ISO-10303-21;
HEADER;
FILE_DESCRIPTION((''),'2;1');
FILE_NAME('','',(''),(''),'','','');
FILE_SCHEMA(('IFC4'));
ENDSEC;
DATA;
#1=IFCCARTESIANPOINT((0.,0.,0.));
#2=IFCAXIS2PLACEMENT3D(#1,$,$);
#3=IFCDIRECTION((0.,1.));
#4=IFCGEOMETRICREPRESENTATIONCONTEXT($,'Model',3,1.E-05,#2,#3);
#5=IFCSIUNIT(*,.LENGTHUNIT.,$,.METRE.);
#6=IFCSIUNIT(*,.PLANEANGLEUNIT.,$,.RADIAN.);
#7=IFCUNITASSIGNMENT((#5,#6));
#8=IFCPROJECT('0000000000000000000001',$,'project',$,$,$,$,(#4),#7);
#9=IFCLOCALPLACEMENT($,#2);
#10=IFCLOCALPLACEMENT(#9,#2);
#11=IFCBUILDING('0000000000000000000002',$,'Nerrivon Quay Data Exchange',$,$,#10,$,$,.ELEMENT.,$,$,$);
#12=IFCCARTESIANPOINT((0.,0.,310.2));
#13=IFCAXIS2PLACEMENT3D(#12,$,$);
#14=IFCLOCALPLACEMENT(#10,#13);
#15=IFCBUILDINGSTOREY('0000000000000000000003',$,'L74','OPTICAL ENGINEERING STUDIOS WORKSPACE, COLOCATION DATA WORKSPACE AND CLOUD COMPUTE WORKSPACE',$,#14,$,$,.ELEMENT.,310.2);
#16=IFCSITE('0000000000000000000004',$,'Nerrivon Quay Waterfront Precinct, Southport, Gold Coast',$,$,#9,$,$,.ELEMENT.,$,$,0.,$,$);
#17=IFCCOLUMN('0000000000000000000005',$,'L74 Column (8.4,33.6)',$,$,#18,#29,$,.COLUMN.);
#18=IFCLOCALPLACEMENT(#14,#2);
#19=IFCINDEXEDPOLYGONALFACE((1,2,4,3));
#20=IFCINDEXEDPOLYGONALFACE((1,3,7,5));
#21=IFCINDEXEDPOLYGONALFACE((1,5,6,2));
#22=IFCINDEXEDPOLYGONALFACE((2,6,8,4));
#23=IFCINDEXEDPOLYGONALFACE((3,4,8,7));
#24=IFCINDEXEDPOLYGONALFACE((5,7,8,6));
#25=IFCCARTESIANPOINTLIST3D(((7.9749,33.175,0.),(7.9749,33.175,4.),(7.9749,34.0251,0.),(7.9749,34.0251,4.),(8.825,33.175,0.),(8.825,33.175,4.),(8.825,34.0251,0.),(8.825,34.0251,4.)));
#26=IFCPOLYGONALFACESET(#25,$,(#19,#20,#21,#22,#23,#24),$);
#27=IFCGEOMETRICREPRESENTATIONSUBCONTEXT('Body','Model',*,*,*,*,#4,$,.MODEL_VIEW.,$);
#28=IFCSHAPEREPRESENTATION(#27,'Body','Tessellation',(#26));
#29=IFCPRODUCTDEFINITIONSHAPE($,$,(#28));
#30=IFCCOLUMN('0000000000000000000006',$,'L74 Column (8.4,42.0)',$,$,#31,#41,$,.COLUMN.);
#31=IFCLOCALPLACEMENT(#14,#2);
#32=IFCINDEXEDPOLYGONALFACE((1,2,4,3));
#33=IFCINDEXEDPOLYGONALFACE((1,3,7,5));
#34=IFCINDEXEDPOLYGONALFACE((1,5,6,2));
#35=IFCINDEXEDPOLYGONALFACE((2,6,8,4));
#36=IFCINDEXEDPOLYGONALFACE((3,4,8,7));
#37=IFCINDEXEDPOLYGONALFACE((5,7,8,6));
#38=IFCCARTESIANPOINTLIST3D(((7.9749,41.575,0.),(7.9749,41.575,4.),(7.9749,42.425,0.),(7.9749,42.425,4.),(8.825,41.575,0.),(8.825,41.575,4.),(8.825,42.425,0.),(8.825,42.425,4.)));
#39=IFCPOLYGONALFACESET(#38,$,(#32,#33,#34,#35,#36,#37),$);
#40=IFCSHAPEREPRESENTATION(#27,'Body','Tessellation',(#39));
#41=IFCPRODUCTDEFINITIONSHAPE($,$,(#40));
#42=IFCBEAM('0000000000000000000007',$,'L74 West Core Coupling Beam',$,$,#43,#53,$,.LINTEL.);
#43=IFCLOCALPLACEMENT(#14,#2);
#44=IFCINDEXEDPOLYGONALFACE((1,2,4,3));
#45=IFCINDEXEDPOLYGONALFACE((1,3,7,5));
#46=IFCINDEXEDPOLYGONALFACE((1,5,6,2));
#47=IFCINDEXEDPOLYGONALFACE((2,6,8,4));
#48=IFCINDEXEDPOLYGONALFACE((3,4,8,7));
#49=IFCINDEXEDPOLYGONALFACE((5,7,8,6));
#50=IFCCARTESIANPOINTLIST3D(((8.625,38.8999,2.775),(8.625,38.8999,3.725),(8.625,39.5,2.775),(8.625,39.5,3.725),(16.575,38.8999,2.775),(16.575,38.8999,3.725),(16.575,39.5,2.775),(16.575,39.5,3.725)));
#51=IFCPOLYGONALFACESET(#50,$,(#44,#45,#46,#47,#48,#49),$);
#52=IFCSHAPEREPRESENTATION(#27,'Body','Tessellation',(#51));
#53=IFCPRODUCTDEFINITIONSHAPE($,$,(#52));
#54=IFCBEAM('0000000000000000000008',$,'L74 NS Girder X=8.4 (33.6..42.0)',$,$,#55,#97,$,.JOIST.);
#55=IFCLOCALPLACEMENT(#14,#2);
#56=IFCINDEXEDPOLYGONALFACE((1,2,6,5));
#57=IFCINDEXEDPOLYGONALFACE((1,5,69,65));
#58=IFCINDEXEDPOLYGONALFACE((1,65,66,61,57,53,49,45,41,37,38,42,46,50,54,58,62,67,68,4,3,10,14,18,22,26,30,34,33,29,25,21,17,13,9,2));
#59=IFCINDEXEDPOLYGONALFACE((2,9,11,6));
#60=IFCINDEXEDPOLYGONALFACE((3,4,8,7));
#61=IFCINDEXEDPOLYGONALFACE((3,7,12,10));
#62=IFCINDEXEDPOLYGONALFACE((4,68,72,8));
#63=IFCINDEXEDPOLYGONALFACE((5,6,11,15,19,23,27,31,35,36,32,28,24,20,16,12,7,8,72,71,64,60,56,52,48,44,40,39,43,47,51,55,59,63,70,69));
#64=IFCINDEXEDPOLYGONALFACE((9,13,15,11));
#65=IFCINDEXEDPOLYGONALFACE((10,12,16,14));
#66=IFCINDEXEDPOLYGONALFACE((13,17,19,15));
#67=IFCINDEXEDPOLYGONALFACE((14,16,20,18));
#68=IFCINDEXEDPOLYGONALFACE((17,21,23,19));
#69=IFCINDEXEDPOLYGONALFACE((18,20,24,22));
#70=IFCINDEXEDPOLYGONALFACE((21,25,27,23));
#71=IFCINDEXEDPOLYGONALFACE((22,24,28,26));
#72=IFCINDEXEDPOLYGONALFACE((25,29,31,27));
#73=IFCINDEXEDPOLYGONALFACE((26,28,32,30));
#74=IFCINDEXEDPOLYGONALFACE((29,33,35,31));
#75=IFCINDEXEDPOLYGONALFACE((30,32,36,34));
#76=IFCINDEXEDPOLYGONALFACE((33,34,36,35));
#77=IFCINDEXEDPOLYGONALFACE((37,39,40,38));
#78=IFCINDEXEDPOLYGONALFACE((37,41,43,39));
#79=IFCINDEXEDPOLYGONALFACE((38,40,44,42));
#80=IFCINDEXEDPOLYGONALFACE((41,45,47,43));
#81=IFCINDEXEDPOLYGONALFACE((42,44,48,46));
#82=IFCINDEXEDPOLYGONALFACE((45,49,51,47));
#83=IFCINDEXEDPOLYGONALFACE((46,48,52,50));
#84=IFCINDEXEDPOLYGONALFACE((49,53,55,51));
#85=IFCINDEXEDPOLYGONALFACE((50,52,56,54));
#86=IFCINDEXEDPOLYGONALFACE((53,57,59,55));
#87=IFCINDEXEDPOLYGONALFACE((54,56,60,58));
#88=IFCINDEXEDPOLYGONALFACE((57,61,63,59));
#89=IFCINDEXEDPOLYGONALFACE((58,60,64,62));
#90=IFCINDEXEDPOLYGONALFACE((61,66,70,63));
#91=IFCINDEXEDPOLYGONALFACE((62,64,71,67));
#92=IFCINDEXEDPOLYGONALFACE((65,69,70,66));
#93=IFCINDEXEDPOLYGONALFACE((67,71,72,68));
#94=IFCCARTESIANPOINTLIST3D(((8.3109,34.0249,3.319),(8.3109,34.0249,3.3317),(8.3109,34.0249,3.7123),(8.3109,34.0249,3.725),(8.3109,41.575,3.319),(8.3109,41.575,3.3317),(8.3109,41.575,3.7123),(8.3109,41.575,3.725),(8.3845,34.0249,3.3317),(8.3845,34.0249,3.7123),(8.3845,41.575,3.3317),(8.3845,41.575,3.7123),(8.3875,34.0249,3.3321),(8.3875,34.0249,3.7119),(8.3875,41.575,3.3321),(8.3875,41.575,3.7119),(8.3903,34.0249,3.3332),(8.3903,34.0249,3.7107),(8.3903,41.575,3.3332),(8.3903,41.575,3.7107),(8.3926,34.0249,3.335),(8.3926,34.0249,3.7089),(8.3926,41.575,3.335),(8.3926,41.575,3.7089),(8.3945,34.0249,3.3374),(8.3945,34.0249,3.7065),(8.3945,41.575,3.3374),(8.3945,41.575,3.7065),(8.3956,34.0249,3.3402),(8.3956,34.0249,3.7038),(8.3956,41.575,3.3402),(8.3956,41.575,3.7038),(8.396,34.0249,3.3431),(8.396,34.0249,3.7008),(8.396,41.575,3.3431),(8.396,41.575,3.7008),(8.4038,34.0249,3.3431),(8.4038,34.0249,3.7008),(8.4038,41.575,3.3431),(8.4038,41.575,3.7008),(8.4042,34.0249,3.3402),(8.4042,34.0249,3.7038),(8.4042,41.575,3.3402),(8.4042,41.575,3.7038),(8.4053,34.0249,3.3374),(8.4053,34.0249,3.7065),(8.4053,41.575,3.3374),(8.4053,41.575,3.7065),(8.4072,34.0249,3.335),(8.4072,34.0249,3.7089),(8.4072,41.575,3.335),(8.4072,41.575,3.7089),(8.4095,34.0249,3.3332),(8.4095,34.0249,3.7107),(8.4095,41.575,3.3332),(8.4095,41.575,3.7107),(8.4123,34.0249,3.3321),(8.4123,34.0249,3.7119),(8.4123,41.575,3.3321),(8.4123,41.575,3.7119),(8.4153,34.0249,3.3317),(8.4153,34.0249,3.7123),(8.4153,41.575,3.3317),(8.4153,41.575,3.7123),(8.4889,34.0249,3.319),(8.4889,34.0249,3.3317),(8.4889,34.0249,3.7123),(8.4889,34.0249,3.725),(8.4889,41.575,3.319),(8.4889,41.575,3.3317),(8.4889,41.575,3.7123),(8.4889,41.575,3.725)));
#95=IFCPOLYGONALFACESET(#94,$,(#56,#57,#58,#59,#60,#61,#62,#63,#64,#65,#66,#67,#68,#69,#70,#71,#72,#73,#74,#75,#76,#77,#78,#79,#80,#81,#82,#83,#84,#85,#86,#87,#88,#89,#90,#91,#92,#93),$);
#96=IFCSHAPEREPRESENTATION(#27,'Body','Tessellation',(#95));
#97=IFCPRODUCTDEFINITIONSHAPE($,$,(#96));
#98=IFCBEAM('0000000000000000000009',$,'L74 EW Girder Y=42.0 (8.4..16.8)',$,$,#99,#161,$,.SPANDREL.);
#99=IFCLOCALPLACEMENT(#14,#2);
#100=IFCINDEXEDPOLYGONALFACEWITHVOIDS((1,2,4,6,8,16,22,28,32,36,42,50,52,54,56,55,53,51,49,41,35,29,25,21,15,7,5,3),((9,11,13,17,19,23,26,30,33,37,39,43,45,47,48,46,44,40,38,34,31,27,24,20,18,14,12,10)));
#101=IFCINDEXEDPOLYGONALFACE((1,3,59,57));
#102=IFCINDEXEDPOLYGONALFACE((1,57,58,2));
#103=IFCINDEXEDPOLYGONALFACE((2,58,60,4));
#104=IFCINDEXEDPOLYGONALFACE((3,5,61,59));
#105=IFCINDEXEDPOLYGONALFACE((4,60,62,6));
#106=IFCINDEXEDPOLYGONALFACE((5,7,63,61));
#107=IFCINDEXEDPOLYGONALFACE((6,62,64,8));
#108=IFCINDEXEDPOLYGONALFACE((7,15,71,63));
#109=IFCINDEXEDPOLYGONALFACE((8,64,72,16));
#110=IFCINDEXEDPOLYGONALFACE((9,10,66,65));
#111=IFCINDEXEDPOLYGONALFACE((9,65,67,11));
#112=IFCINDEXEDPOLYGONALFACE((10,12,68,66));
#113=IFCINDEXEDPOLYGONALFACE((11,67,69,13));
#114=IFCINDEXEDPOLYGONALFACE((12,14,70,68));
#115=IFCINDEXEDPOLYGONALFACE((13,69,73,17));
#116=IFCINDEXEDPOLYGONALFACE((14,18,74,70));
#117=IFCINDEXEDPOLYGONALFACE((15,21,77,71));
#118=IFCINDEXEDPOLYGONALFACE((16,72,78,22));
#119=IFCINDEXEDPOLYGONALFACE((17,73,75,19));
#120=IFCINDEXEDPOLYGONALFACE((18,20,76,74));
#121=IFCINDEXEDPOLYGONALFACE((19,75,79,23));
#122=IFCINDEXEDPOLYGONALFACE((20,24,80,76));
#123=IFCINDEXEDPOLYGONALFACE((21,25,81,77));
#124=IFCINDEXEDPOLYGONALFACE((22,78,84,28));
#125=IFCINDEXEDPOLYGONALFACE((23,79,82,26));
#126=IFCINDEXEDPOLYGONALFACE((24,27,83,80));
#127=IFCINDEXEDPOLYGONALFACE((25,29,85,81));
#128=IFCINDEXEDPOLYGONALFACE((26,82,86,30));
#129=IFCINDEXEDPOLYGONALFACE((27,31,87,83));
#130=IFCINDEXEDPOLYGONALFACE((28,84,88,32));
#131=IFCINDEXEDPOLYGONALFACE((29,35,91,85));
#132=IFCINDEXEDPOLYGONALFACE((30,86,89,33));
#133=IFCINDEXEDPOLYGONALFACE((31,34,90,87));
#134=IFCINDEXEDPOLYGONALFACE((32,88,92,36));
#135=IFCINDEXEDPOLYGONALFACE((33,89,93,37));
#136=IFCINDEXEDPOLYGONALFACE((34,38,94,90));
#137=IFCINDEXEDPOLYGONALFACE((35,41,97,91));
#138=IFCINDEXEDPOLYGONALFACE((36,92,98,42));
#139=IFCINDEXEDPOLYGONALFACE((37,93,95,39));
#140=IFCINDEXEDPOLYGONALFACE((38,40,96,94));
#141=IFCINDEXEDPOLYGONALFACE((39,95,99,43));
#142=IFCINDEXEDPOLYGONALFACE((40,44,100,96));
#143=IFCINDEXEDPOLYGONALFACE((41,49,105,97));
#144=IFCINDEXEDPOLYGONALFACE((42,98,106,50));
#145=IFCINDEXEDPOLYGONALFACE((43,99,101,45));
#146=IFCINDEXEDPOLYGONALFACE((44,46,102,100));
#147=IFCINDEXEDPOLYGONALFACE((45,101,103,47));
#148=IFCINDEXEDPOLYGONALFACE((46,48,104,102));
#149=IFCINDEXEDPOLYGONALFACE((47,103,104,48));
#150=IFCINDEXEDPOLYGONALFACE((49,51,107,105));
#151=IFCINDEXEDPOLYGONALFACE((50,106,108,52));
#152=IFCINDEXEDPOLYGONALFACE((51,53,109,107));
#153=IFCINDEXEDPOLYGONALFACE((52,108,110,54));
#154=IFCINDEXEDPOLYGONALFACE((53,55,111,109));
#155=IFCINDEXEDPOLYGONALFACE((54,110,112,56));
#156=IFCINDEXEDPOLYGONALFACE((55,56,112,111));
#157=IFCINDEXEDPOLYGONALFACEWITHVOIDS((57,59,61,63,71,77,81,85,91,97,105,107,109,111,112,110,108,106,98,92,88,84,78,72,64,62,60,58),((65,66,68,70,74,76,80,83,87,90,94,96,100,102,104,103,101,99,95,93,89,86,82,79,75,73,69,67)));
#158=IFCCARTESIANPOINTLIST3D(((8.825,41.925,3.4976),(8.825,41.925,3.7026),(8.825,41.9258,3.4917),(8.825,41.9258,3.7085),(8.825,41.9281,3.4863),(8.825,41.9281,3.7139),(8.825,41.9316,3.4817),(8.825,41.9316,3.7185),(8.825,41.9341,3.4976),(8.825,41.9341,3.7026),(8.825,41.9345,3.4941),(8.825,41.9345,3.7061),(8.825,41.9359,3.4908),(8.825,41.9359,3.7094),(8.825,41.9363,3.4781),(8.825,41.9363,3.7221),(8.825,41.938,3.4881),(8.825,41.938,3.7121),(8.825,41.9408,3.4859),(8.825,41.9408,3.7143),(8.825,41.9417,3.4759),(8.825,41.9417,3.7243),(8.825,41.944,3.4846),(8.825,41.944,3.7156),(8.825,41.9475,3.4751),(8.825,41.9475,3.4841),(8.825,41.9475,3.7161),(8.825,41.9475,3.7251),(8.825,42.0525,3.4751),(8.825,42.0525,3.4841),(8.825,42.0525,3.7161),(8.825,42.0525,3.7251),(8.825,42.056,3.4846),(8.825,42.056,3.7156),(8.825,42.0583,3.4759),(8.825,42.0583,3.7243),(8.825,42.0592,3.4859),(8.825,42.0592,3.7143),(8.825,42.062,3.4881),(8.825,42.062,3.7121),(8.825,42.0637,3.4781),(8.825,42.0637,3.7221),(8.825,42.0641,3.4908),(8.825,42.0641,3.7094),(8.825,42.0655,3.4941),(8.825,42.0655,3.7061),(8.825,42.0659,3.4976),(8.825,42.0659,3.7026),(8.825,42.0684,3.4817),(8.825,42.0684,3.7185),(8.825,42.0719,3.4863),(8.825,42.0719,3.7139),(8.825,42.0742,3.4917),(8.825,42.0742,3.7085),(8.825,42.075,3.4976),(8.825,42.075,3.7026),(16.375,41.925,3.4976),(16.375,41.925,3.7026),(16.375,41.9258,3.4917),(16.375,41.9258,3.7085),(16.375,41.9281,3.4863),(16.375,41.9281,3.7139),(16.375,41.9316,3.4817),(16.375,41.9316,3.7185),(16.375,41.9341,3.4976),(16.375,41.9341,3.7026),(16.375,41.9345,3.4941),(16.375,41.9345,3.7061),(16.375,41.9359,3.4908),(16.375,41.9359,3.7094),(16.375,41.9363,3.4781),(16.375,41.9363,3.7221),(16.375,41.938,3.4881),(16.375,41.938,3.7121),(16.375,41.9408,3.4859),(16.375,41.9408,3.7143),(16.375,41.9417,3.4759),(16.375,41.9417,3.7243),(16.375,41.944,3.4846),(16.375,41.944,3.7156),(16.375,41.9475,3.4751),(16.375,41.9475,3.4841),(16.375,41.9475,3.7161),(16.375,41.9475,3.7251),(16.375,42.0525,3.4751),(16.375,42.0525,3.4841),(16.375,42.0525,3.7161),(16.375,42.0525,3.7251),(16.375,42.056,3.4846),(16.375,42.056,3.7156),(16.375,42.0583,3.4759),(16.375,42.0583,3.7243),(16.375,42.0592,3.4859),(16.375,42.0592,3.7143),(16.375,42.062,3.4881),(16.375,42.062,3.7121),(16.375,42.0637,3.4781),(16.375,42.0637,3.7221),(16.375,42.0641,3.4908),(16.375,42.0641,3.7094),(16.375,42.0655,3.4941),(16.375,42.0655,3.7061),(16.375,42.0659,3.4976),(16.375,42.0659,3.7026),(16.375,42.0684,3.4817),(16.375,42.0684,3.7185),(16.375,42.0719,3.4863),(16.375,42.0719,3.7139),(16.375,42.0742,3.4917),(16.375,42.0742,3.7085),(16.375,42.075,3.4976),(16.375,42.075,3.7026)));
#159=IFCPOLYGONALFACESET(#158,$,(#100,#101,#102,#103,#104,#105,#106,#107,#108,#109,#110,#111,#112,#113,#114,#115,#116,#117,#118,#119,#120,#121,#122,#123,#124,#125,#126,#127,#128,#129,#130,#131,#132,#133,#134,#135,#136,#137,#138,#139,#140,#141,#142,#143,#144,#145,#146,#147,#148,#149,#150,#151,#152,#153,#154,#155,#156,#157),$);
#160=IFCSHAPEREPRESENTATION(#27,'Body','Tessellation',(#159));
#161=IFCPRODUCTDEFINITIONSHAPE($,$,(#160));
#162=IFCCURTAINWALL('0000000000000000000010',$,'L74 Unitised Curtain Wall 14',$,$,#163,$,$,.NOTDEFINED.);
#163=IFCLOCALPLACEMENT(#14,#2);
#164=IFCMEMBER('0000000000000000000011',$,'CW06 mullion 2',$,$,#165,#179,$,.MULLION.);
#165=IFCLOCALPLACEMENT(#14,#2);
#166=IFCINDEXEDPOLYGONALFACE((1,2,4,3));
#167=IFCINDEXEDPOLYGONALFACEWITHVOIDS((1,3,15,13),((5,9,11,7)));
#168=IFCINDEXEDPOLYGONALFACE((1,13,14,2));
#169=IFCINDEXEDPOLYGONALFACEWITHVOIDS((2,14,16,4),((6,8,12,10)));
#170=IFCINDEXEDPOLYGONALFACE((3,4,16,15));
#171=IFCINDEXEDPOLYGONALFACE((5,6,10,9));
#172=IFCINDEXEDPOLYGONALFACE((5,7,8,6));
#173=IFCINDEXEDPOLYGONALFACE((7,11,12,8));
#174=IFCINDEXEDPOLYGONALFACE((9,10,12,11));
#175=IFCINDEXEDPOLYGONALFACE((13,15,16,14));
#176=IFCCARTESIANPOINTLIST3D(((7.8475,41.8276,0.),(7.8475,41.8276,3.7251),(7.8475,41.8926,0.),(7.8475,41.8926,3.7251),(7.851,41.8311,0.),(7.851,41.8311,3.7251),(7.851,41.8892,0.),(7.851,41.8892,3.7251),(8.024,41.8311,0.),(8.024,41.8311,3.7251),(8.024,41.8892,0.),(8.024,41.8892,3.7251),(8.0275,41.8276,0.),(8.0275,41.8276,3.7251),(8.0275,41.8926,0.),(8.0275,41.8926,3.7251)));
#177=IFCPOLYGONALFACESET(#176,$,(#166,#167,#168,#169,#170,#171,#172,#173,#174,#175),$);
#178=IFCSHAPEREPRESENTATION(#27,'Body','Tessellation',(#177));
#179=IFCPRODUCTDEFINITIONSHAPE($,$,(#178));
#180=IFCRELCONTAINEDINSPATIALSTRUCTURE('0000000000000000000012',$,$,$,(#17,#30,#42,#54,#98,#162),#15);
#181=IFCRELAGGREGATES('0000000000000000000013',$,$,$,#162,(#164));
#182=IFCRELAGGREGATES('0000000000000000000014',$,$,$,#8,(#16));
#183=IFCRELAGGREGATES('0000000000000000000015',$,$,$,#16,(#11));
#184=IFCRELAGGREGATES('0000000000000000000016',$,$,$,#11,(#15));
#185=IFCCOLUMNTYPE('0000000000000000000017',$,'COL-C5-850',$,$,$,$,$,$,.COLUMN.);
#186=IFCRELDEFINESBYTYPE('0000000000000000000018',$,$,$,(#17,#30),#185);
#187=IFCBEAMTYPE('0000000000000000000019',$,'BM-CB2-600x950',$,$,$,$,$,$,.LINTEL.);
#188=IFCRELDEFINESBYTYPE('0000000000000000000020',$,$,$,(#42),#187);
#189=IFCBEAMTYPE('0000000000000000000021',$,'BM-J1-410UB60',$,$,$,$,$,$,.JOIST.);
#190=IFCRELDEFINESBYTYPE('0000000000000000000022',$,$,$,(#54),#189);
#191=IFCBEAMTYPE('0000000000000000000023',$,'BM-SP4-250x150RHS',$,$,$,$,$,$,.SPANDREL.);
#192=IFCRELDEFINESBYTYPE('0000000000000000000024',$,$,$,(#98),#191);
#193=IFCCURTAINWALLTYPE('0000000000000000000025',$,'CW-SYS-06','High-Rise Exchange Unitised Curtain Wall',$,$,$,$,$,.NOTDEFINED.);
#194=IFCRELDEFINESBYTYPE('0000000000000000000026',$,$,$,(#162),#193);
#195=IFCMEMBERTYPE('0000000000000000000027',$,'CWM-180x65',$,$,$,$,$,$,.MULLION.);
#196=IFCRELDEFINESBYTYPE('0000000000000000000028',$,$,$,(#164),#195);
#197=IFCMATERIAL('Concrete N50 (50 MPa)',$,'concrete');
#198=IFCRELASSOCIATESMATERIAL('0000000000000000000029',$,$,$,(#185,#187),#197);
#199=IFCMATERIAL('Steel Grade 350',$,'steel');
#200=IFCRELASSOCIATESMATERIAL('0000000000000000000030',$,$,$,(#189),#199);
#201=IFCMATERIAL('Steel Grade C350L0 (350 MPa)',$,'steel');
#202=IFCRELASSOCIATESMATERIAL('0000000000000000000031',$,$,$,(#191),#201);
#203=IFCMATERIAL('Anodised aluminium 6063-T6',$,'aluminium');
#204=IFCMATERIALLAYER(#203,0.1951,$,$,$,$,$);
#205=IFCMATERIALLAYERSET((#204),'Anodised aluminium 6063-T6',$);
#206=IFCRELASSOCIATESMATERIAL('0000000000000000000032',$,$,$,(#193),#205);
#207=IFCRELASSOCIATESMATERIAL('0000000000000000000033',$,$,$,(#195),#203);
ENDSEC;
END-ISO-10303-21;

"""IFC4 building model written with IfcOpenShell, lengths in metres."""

from ifc_helpers import new_model, si_unit, direction, frame, origin, origin_2d, place, context, subcontext, project, spatial, rectangle, hollow_rectangle, i_section, extrude, material, layer, layer_set, material_profile, profile_set, type_object, element, aggregate, save


model = new_model("IFC4")

# Units and contexts
model_context = context("Model", 3, precision=1e-05, world=origin(), true_north=direction((0.0, 1.0)))
body_context = subcontext(model_context, "Body", "Model", "MODEL_VIEW")
ifc_project = project(units=[si_unit("LENGTHUNIT", "METRE"), si_unit("PLANEANGLEUNIT", "RADIAN")], contexts=[model_context])

# Site, building, storey
site_placement = place(None, origin())
site = spatial("IfcSite", under=ifc_project, at=site_placement, Name="Nerrivon Quay Waterfront Precinct, Southport, Gold Coast", CompositionType="ELEMENT", RefElevation=0.0)
building_placement = place(site_placement, origin())
building = spatial("IfcBuilding", under=site, at=building_placement, Name="Nerrivon Quay Data Exchange", CompositionType="ELEMENT")
storey_placement = place(building_placement, frame((0.0, 0.0, 310.2)))
storey = spatial("IfcBuildingStorey", under=building, at=storey_placement, Name="L74", Description="OPTICAL ENGINEERING STUDIOS WORKSPACE, COLOCATION DATA WORKSPACE AND CLOUD COMPUTE WORKSPACE", CompositionType="ELEMENT", Elevation=310.2)

# Columns
ifc_material_1 = material(Name="Concrete N50 (50 MPa)", Category="concrete")
ifc_material_profile_1 = material_profile(ifc_material_1, rectangle(XDim=0.8501, YDim=0.8501, at=origin_2d()), Name="RC-COL-850x850")
ifc_profile_set_1 = profile_set([ifc_material_profile_1], Name="Concrete N50 (50 MPa)")
column_type = type_object("IfcColumnType", Name="COL-C5-850", PredefinedType="COLUMN", material=ifc_profile_set_1)
for number, where, z_axis, x_axis, name in (
    (1, (8.3999, 33.6001, 0.0), (0.0, 0.0, 1.0), (1.0, 0.0, 0.0), "L74 Column (8.4,33.6)"),
    (2, (8.3999, 42.0, 0.0), (0.0, 0.0, 1.0), (1.0, 0.0, 0.0), "L74 Column (8.4,42.0)"),
):
    element("IfcColumn", number, at=place(storey_placement, frame(where, z_axis=z_axis, x_axis=x_axis)), inside=storey, type_object=column_type, Name=name, PredefinedType="COLUMN", context=body_context, shape_type="SweptSolid", body=[
        extrude(rectangle(XDim=0.8501, YDim=0.8501, at=origin_2d()), origin(), (0.0, 0.0, 1.0), 4.0),
    ])

# Beams
ifc_material_profile_2 = material_profile(ifc_material_1, rectangle(XDim=0.6001, YDim=0.95, at=origin_2d()), Name="RC-CB-600x950")
ifc_profile_set_2 = profile_set([ifc_material_profile_2], Name="Concrete N50 (50 MPa)")
beam_type_1 = type_object("IfcBeamType", Name="BM-CB2-600x950", PredefinedType="LINTEL", material=ifc_profile_set_2)
beam_1_placement = place(storey_placement, frame((8.625, 39.2, 3.25), z_axis=(1.0, 0.0, 0.0), x_axis=(0.0, 1.0, 0.0)))
element("IfcBeam", 3, at=beam_1_placement, inside=storey, type_object=beam_type_1, Name="L74 West Core Coupling Beam", PredefinedType="LINTEL", context=body_context, shape_type="SweptSolid", body=[
    extrude(rectangle(XDim=0.6001, YDim=0.95, at=origin_2d()), origin(), (0.0, 0.0, 1.0), 7.95),
])
ifc_material_2 = material(Name="Steel Grade 350", Category="steel")
ifc_material_profile_3 = material_profile(ifc_material_2, i_section(OverallWidth=0.178, OverallDepth=0.406, WebThickness=0.0078, FlangeThickness=0.0127, FilletRadius=0.0115, at=origin_2d()), Name="410UB59.7")
ifc_profile_set_3 = profile_set([ifc_material_profile_3], Name="Steel Grade 350")
beam_type_2 = type_object("IfcBeamType", Name="BM-J1-410UB60", PredefinedType="JOIST", material=ifc_profile_set_3)
beam_2_placement = place(storey_placement, frame((8.3999, 34.0249, 3.522), z_axis=(0.0, 1.0, 0.0), x_axis=(-1.0, 0.0, 0.0)))
element("IfcBeam", 4, at=beam_2_placement, inside=storey, type_object=beam_type_2, Name="L74 NS Girder X=8.4 (33.6..42.0)", PredefinedType="JOIST", context=body_context, shape_type="SweptSolid", body=[
    extrude(i_section(OverallWidth=0.178, OverallDepth=0.406, WebThickness=0.0078, FlangeThickness=0.0127, FilletRadius=0.0115, at=origin_2d()), origin(), (0.0, 0.0, 1.0), 7.55),
])
ifc_material_3 = material(Name="Steel Grade C350L0 (350 MPa)", Category="steel")
ifc_material_profile_4 = material_profile(ifc_material_3, hollow_rectangle(XDim=0.1499, YDim=0.25, WallThickness=0.009, InnerFilletRadius=0.0134, OuterFilletRadius=0.0225, at=origin_2d()), Name="250x150x9.0RHS")
ifc_profile_set_4 = profile_set([ifc_material_profile_4], Name="Steel Grade C350L0 (350 MPa)")
beam_type_3 = type_object("IfcBeamType", Name="BM-SP4-250x150RHS", PredefinedType="SPANDREL", material=ifc_profile_set_4)
beam_3_placement = place(storey_placement, frame((8.825, 42.0, 3.6001), z_axis=(1.0, 0.0, 0.0), x_axis=(0.0, 1.0, 0.0)))
element("IfcBeam", 5, at=beam_3_placement, inside=storey, type_object=beam_type_3, Name="L74 EW Girder Y=42.0 (8.4..16.8)", PredefinedType="SPANDREL", context=body_context, shape_type="SweptSolid", body=[
    extrude(hollow_rectangle(XDim=0.1499, YDim=0.25, WallThickness=0.009, InnerFilletRadius=0.0134, OuterFilletRadius=0.0225, at=origin_2d()), origin(), (0.0, 0.0, 1.0), 7.55),
])

# Curtain wall, member
ifc_material_4 = material(Name="Anodised aluminium 6063-T6", Category="aluminium")
ifc_layer_1 = layer(ifc_material_4, 0.1951)
ifc_layer_set_1 = layer_set([ifc_layer_1], Name="Anodised aluminium 6063-T6")
curtain_wall_type = type_object("IfcCurtainWallType", Name="CW-SYS-06", Description="High-Rise Exchange Unitised Curtain Wall", PredefinedType="NOTDEFINED", material=ifc_layer_set_1)
curtain_wall_1_placement = place(storey_placement, origin())
curtain_wall_1 = element("IfcCurtainWall", 6, at=curtain_wall_1_placement, inside=storey, type_object=curtain_wall_type, Name="L74 Unitised Curtain Wall 14", PredefinedType="NOTDEFINED")
ifc_material_profile_5 = material_profile(ifc_material_4, hollow_rectangle(XDim=0.0649, YDim=0.1799, WallThickness=0.0034, at=origin_2d()), Name="ALU-MULL-180x65")
ifc_profile_set_5 = profile_set([ifc_material_profile_5], Name="Anodised aluminium 6063-T6")
member_type_1 = type_object("IfcMemberType", Name="CWM-180x65", PredefinedType="MULLION", material=ifc_profile_set_5)
member_1_placement = place(storey_placement, frame((7.9375, 41.8601, 0.0), z_axis=(0.0, 0.0, 1.0), x_axis=(0.0, 1.0, 0.0)))
member_1 = element("IfcMember", 7, at=member_1_placement, type_object=member_type_1, Name="CW06 mullion 2", PredefinedType="MULLION", context=body_context, shape_type="SweptSolid", body=[
    extrude(hollow_rectangle(XDim=0.0649, YDim=0.1799, WallThickness=0.0034, at=origin_2d()), origin(), (0.0, 0.0, 1.0), 3.7251),
])
aggregate(curtain_wall_1, [member_1])

save(model, "model.ifc")
